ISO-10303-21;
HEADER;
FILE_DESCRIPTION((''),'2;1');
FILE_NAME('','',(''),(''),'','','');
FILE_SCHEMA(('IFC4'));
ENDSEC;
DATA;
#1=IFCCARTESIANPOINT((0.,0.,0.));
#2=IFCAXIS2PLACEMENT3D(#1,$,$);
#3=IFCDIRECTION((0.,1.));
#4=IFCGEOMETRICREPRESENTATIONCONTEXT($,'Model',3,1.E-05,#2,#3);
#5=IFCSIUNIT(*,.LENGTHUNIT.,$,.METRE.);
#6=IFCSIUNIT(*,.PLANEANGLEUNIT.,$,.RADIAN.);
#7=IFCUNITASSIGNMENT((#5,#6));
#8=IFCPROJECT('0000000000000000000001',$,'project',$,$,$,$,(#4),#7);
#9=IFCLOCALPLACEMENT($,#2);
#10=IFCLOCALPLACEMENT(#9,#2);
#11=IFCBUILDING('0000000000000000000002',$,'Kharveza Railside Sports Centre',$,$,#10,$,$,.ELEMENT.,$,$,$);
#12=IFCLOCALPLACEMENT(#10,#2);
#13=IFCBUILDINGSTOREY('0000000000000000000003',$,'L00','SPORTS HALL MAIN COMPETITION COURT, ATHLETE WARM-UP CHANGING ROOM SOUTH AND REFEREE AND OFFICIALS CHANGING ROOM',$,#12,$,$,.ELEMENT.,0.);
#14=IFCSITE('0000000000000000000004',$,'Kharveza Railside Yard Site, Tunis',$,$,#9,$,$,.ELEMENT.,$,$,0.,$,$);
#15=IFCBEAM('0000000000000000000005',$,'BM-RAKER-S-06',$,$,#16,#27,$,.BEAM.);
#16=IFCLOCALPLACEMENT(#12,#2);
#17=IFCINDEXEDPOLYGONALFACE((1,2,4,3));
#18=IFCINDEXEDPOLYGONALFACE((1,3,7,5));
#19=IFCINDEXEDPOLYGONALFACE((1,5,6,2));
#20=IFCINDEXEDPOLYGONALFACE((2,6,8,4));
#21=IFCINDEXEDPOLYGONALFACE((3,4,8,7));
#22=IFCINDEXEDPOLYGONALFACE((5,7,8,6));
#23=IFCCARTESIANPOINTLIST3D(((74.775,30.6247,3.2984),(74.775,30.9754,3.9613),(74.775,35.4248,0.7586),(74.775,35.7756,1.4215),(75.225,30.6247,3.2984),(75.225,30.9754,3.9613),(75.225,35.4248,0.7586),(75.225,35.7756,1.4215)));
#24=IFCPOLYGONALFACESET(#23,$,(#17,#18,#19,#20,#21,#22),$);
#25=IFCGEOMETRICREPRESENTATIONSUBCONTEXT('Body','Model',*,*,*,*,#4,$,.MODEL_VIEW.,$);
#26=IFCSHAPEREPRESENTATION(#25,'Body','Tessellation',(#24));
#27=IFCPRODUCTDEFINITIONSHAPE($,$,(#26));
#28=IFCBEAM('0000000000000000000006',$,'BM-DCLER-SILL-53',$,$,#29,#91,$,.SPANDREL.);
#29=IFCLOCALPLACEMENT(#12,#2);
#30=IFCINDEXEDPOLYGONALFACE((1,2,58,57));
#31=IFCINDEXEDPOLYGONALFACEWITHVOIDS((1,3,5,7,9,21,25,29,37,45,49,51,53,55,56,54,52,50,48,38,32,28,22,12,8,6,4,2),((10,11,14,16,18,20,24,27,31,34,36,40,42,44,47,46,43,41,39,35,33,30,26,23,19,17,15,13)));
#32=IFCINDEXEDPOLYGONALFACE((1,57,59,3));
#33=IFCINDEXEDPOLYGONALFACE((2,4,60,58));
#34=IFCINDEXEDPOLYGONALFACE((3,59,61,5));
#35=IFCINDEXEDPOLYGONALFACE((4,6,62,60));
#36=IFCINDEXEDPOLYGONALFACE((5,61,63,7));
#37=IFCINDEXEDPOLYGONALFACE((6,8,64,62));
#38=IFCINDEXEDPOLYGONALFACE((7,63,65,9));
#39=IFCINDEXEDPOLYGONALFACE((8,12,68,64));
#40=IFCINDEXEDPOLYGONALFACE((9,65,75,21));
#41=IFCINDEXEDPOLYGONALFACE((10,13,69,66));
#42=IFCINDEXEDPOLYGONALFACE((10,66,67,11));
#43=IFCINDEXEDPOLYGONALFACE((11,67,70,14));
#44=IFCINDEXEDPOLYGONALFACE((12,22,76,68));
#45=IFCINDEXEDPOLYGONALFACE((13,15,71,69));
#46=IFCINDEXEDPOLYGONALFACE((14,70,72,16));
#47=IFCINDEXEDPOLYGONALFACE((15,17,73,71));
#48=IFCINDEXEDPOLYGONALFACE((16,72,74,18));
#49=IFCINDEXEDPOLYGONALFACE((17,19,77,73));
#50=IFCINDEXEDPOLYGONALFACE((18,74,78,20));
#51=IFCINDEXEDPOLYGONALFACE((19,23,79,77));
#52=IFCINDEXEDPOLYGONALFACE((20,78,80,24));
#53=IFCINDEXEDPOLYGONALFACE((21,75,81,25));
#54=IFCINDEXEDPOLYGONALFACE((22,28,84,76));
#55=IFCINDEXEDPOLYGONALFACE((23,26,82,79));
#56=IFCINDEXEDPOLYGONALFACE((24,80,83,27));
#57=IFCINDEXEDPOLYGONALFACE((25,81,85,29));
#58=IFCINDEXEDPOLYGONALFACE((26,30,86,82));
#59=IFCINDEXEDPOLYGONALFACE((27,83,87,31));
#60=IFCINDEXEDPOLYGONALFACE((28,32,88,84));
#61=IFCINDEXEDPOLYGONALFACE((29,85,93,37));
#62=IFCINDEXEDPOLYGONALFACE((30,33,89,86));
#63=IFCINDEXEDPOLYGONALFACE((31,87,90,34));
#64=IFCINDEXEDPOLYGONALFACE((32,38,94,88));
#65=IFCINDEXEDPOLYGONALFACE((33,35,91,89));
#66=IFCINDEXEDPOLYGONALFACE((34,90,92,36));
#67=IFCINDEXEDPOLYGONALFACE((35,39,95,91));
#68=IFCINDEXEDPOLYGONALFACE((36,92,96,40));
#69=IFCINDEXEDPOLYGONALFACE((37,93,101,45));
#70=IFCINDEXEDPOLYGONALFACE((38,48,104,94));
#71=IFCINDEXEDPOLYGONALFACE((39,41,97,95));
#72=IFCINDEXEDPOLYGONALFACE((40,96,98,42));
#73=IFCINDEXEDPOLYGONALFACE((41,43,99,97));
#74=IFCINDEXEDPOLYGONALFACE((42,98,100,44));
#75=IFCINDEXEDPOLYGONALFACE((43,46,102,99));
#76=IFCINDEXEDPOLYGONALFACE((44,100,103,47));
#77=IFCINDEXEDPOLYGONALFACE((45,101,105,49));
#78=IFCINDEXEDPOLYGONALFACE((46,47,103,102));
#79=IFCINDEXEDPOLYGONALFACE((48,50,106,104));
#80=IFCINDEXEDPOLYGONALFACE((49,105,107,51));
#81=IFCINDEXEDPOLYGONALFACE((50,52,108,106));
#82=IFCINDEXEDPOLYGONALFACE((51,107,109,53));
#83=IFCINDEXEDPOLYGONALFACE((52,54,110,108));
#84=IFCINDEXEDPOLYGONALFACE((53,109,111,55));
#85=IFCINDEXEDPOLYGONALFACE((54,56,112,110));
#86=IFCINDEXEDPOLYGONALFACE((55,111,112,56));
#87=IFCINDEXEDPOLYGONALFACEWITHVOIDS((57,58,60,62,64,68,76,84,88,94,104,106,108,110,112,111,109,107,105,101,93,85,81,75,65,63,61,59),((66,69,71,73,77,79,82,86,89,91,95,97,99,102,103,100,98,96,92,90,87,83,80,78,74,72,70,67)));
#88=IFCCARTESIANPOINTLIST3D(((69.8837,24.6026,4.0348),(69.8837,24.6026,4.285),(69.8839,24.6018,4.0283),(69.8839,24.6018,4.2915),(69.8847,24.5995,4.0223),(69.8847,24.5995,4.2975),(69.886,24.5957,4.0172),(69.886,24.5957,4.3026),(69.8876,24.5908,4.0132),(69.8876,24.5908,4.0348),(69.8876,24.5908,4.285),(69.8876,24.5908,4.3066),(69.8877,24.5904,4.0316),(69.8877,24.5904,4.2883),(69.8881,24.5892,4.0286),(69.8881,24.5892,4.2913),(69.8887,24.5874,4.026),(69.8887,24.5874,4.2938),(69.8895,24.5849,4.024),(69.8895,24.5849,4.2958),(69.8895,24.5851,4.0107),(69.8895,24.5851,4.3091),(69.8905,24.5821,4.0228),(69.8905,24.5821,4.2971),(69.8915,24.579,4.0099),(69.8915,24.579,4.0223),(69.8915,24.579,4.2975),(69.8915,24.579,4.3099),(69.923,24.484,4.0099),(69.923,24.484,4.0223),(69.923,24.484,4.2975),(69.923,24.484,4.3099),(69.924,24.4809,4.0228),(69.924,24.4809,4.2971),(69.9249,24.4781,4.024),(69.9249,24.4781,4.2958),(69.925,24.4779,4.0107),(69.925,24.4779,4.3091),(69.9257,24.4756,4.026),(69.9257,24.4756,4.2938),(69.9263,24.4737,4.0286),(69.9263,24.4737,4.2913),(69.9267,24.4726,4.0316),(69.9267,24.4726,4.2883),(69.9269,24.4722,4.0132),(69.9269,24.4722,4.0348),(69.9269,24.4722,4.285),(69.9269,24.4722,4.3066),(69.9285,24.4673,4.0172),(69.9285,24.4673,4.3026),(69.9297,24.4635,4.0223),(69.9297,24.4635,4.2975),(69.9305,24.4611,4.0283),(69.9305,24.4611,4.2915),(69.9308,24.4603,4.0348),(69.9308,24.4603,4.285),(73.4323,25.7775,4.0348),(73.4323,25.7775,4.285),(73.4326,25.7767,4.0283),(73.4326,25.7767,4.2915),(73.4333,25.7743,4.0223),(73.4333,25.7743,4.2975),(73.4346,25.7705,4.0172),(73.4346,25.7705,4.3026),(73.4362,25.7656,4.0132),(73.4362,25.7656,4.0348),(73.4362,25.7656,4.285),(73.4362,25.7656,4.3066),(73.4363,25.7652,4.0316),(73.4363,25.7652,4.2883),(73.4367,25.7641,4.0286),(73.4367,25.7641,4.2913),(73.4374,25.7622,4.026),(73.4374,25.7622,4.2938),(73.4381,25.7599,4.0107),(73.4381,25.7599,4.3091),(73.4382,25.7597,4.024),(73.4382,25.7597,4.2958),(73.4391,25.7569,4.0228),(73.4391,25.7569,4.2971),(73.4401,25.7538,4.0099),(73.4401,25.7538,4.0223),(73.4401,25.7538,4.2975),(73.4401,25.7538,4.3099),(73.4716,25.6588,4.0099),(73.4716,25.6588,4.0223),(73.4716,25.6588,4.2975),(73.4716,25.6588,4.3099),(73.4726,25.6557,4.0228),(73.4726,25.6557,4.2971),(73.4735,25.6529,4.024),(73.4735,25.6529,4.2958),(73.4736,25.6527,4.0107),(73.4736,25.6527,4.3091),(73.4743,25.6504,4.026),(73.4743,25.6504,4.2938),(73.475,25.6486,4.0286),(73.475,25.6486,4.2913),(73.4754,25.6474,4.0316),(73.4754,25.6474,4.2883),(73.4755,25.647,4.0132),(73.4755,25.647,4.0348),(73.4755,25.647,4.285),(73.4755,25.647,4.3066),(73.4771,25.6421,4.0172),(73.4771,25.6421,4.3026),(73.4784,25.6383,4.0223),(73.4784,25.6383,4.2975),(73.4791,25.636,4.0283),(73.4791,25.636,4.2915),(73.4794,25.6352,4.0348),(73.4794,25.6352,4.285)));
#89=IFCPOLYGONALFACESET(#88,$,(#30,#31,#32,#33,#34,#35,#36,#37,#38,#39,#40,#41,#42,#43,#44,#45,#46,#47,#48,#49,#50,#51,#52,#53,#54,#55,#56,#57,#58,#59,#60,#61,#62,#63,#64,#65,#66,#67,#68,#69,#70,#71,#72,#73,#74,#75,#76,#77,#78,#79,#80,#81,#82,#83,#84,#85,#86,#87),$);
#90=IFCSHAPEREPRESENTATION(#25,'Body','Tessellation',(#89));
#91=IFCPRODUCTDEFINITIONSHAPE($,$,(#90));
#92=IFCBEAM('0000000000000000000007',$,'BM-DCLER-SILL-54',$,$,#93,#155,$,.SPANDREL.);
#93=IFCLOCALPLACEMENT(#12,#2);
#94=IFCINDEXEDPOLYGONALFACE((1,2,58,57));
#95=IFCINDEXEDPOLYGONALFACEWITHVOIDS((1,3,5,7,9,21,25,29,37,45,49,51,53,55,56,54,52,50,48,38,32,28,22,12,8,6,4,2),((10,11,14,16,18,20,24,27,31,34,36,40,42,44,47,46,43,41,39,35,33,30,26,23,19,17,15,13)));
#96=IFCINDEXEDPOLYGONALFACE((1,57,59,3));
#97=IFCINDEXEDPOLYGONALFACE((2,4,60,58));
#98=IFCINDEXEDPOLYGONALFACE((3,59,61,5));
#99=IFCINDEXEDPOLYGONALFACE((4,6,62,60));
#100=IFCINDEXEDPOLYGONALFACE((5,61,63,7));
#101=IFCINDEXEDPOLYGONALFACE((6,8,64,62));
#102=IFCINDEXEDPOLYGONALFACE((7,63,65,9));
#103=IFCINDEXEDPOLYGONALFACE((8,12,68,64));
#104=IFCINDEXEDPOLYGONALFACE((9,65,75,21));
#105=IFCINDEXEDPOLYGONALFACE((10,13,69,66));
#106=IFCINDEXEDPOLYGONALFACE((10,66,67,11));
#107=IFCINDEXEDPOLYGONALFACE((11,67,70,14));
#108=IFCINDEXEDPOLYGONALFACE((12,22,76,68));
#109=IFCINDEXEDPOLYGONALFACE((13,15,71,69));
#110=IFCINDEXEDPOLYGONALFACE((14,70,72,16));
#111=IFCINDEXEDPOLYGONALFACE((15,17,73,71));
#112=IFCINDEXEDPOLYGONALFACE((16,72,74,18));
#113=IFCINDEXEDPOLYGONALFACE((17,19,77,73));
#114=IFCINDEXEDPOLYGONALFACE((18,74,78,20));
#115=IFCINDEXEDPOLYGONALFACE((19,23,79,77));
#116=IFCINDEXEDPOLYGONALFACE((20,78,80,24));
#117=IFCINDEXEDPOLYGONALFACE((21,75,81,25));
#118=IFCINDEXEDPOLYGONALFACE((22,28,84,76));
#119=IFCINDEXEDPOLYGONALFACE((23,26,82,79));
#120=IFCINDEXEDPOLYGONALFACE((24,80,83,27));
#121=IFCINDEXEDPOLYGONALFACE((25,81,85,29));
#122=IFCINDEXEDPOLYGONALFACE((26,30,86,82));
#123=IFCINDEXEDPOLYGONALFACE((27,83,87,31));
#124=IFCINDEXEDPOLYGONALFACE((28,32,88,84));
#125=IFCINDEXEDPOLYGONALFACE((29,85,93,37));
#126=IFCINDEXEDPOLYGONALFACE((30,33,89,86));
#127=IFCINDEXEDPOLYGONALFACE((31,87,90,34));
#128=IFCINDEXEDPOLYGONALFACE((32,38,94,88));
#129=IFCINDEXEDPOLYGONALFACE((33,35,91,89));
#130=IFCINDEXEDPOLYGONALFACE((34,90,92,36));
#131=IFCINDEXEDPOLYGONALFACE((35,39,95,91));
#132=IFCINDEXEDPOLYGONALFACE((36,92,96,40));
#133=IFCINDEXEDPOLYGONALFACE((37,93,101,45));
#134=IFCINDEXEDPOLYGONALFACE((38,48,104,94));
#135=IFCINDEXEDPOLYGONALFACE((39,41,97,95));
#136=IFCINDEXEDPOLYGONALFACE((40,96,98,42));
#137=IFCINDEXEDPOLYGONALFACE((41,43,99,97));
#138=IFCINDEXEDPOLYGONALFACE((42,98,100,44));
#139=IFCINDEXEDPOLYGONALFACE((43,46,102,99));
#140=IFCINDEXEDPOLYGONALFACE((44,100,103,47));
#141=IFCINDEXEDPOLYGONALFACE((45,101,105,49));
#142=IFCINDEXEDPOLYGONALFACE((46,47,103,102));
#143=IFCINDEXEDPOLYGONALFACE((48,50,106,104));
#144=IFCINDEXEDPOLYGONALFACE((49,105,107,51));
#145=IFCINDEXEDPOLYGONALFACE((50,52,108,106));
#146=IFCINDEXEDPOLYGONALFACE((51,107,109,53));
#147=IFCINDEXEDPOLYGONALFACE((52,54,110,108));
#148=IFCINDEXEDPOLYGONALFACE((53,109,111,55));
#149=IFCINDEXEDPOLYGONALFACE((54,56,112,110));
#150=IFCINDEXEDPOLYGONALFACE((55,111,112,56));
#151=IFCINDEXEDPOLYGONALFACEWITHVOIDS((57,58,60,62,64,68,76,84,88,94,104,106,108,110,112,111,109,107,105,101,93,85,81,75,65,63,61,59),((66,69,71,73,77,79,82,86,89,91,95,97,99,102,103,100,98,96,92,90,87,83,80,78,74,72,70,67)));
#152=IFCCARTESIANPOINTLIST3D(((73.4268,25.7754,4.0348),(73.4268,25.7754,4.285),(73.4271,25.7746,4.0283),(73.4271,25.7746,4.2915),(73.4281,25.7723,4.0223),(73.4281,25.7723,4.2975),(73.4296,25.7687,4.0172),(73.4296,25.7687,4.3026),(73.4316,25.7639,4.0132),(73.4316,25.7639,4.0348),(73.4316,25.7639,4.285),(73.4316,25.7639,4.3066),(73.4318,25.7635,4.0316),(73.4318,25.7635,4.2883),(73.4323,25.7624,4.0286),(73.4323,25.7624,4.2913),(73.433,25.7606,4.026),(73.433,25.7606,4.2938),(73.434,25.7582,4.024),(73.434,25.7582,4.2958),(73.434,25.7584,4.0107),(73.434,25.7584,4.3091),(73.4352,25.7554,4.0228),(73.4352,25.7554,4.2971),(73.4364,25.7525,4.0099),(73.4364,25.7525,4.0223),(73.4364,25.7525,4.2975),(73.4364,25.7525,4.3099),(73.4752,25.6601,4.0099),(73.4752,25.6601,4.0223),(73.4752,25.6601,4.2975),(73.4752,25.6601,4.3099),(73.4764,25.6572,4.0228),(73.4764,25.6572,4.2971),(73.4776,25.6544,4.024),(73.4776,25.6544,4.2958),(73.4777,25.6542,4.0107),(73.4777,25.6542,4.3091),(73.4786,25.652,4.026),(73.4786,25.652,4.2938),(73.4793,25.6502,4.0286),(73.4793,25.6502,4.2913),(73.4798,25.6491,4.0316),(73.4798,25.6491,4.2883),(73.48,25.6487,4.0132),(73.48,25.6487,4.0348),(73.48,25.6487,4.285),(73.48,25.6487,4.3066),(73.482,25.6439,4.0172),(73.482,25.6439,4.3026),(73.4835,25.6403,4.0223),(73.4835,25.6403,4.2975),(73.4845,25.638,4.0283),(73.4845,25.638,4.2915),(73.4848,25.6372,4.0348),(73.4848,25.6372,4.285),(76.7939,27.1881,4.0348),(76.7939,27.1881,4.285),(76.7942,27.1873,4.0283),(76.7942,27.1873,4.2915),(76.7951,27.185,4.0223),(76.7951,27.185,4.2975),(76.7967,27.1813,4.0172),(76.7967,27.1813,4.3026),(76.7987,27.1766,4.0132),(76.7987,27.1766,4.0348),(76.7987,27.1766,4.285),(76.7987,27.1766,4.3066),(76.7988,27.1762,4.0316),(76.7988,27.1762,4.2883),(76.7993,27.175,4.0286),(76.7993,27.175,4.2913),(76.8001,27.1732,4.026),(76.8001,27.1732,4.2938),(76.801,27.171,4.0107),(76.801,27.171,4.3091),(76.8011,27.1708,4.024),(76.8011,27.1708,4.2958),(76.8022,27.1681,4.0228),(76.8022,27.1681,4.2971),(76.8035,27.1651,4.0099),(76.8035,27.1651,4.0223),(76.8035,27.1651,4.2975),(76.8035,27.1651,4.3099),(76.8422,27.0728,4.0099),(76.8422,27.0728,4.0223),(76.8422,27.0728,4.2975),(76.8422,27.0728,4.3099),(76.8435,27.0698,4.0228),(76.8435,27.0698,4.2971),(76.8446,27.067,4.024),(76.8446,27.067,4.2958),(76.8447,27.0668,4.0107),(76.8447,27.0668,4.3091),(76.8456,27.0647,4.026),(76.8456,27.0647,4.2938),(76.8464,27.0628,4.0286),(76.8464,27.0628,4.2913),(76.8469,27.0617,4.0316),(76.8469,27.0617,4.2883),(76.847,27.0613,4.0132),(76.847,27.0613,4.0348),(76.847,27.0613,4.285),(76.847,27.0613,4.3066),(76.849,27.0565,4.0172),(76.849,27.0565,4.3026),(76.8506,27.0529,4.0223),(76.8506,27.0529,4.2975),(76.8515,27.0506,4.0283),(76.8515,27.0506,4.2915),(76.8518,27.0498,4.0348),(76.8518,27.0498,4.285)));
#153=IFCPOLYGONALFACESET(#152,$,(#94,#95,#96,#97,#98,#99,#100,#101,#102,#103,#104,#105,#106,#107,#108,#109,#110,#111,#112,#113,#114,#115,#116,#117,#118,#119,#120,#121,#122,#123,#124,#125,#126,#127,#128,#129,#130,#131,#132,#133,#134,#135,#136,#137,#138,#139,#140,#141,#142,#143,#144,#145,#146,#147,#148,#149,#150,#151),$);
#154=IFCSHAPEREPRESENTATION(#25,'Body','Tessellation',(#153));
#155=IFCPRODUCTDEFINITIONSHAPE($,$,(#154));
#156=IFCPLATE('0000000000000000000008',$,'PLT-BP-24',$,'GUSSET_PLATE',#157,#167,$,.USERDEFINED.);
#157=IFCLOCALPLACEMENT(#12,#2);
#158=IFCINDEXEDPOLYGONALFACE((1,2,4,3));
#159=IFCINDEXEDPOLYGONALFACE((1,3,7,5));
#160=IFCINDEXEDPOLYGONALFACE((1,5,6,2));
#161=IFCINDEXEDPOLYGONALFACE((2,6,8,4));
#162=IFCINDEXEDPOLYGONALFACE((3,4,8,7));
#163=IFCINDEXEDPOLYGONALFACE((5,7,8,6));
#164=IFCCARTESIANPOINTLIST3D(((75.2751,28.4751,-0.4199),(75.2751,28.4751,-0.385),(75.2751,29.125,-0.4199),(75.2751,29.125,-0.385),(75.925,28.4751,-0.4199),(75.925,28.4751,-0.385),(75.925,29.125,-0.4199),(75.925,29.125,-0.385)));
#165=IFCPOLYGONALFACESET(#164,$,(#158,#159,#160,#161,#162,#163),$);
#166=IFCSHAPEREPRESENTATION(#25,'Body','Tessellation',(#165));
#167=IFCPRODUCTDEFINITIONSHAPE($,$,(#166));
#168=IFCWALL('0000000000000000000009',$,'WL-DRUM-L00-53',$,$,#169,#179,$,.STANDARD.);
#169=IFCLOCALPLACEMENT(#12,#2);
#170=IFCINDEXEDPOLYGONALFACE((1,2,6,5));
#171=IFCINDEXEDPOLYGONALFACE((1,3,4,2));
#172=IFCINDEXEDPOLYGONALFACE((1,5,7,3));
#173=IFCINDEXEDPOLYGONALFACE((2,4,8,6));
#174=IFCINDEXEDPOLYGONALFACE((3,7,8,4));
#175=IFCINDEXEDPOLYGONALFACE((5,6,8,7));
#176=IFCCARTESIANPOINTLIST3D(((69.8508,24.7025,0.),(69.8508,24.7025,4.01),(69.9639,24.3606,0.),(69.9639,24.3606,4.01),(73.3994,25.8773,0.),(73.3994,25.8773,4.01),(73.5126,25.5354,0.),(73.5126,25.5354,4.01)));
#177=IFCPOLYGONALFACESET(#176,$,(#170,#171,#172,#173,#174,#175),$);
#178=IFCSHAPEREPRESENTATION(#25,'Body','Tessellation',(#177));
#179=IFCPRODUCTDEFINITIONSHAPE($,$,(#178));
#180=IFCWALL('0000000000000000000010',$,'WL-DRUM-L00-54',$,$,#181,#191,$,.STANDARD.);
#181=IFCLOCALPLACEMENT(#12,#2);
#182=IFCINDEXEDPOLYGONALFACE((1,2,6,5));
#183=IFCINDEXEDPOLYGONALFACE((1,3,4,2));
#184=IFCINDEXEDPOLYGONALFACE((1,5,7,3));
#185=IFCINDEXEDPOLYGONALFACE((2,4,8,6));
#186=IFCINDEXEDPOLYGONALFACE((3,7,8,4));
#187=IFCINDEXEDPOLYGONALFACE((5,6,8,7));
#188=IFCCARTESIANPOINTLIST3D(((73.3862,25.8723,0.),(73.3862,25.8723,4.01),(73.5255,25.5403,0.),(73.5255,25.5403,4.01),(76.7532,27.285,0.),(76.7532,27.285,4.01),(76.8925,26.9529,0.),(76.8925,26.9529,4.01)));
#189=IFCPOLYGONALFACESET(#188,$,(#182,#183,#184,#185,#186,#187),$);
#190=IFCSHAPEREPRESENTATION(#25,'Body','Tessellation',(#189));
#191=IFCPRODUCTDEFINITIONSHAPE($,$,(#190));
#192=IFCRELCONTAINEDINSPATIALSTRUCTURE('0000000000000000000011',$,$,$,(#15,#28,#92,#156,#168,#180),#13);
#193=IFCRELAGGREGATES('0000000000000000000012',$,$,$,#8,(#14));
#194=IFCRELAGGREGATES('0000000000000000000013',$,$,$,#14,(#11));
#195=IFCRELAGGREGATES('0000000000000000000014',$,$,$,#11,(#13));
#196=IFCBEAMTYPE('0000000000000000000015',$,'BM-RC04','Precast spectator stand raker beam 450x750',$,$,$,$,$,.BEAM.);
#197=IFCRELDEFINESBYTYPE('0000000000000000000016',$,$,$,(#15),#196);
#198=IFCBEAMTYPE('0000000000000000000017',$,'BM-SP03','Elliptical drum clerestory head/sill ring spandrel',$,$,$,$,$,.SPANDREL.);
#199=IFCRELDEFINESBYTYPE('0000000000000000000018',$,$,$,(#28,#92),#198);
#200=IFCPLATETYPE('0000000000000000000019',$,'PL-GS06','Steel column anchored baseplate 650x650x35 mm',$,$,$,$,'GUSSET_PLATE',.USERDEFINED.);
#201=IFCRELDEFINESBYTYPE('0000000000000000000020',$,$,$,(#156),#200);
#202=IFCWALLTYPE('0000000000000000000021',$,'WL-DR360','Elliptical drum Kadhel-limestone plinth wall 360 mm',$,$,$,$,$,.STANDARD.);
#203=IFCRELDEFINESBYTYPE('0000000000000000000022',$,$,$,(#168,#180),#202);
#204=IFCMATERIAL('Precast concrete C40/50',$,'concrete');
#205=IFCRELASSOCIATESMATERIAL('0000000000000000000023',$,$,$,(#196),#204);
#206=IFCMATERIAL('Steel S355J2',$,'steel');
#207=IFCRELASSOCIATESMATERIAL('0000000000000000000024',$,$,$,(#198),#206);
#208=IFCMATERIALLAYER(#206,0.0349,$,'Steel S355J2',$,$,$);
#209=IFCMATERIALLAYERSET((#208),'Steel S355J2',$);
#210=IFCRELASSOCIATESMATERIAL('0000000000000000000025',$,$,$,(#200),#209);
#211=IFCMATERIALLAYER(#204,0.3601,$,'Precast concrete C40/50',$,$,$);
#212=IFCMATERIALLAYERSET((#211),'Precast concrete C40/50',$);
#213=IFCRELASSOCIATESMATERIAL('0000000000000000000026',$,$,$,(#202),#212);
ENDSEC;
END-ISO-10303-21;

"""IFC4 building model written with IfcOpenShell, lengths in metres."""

from ifc_helpers import new_model, si_unit, direction, frame, frame_2d, origin, origin_2d, place, context, subcontext, project, spatial, rectangle, hollow_rectangle, extrude, material, layer, layer_set, material_profile, profile_set, type_object, element, save


model = new_model("IFC4")

# Units and contexts
model_context = context("Model", 3, precision=1e-05, world=origin(), true_north=direction((0.0, 1.0)))
body_context = subcontext(model_context, "Body", "Model", "MODEL_VIEW")
ifc_project = project(units=[si_unit("LENGTHUNIT", "METRE"), si_unit("PLANEANGLEUNIT", "RADIAN")], contexts=[model_context])

# Site, building, storey
site_placement = place(None, origin())
site = spatial("IfcSite", under=ifc_project, at=site_placement, Name="Kharveza Railside Yard Site, Tunis", CompositionType="ELEMENT", RefElevation=0.0)
building_placement = place(site_placement, origin())
building = spatial("IfcBuilding", under=site, at=building_placement, Name="Kharveza Railside Sports Centre", CompositionType="ELEMENT")
storey_placement = place(building_placement, origin())
storey = spatial("IfcBuildingStorey", under=building, at=storey_placement, Name="L00", Description="SPORTS HALL MAIN COMPETITION COURT, ATHLETE WARM-UP CHANGING ROOM SOUTH AND REFEREE AND OFFICIALS CHANGING ROOM", CompositionType="ELEMENT", Elevation=0.0)

# Shared definitions
ifc_material_1 = material(Name="Steel S355J2", Category="steel")

# Beams
ifc_material_2 = material(Name="Precast concrete C40/50", Category="concrete")
ifc_material_profile_1 = material_profile(ifc_material_2, rectangle(XDim=0.45, YDim=0.75, at=origin_2d()), Name="RCB 450x750")
ifc_profile_set_1 = profile_set([ifc_material_profile_1], Name="Precast concrete C40/50")
beam_type_1 = type_object("IfcBeamType", Name="BM-RC04", Description="Precast spectator stand raker beam 450x750", PredefinedType="BEAM", material=ifc_profile_set_1)
beam_1_placement = place(storey_placement, frame((75.0, 30.8, 3.6299), z_axis=(0.0, 0.883895, -0.467685), x_axis=(-1.0, 0.0, 0.0)))
element("IfcBeam", 1, at=beam_1_placement, inside=storey, type_object=beam_type_1, Name="BM-RAKER-S-06", PredefinedType="BEAM", context=body_context, shape_type="SweptSolid", body=[
    extrude(rectangle(XDim=0.45, YDim=0.75, at=origin_2d()), origin(), (0.0, 0.0, 1.0), 5.4307),
])
ifc_material_profile_2 = material_profile(ifc_material_1, hollow_rectangle(XDim=0.1499, YDim=0.3, WallThickness=0.0125, InnerFilletRadius=0.0125, OuterFilletRadius=0.0249, at=origin_2d()), Name="RHS 150x300x12.5")
ifc_profile_set_2 = profile_set([ifc_material_profile_2], Name="Steel S355J2")
beam_type_2 = type_object("IfcBeamType", Name="BM-SP03", Description="Elliptical drum clerestory head/sill ring spandrel", PredefinedType="SPANDREL", material=ifc_profile_set_2)
beam_2_placement = place(storey_placement, frame((69.9072, 24.5315, 4.1599), z_axis=(0.949328, 0.314287, 0.0), x_axis=(-0.314287, 0.949328, 0.0)))
element("IfcBeam", 2, at=beam_2_placement, inside=storey, type_object=beam_type_2, Name="BM-DCLER-SILL-53", PredefinedType="SPANDREL", context=body_context, shape_type="SweptSolid", body=[
    extrude(hollow_rectangle(XDim=0.1499, YDim=0.3, WallThickness=0.0125, InnerFilletRadius=0.0125, OuterFilletRadius=0.0249, at=origin_2d()), origin(), (0.0, 0.0, 1.0), 3.738),
])
beam_3_placement = place(storey_placement, frame((73.4558, 25.7063, 4.1599), z_axis=(0.922131, 0.386879, 0.0), x_axis=(-0.386879, 0.922131, 0.0)))
element("IfcBeam", 3, at=beam_3_placement, inside=storey, type_object=beam_type_2, Name="BM-DCLER-SILL-54", PredefinedType="SPANDREL", context=body_context, shape_type="SweptSolid", body=[
    extrude(hollow_rectangle(XDim=0.1499, YDim=0.3, WallThickness=0.0125, InnerFilletRadius=0.0125, OuterFilletRadius=0.0249, at=origin_2d()), origin(), (0.0, 0.0, 1.0), 3.6514),
])

# Plate
ifc_layer_1 = layer(ifc_material_1, 0.0349, Name="Steel S355J2")
ifc_layer_set_1 = layer_set([ifc_layer_1], Name="Steel S355J2")
plate_type = type_object("IfcPlateType", Name="PL-GS06", Description="Steel column anchored baseplate 650x650x35 mm", ElementType="GUSSET_PLATE", PredefinedType="USERDEFINED", material=ifc_layer_set_1)
plate_placement = place(storey_placement, frame((75.6001, 28.8, -0.4199), z_axis=(0.0, 0.0, 1.0), x_axis=(1.0, 0.0, 0.0)))
element("IfcPlate", 4, at=plate_placement, inside=storey, type_object=plate_type, Name="PLT-BP-24", ObjectType="GUSSET_PLATE", PredefinedType="USERDEFINED", context=body_context, shape_type="SweptSolid", body=[
    extrude(rectangle(XDim=0.6499, YDim=0.6499, at=origin_2d()), origin(), (0.0, 0.0, 1.0), 0.0349),
])

# Walls
ifc_layer_2 = layer(ifc_material_2, 0.3601, Name="Precast concrete C40/50")
ifc_layer_set_2 = layer_set([ifc_layer_2], Name="Precast concrete C40/50")
wall_type_1 = type_object("IfcWallType", Name="WL-DR360", Description="Elliptical drum Kadhel-limestone plinth wall 360 mm", PredefinedType="STANDARD", material=ifc_layer_set_2)
wall_1_placement = place(storey_placement, frame((69.9072, 24.5315, 0.0), z_axis=(0.0, 0.0, 1.0), x_axis=(0.949328, 0.314287, 0.0)))
element("IfcWall", 5, at=wall_1_placement, inside=storey, type_object=wall_type_1, Name="WL-DRUM-L00-53", PredefinedType="STANDARD", context=body_context, shape_type="SweptSolid", body=[
    extrude(rectangle(XDim=3.738, YDim=0.3601, at=frame_2d((1.8691, 0.0))), origin(), (0.0, 0.0, 1.0), 4.01),
])
wall_2_placement = place(storey_placement, frame((73.4558, 25.7063, 0.0), z_axis=(0.0, 0.0, 1.0), x_axis=(0.922131, 0.386879, 0.0)))
element("IfcWall", 6, at=wall_2_placement, inside=storey, type_object=wall_type_1, Name="WL-DRUM-L00-54", PredefinedType="STANDARD", context=body_context, shape_type="SweptSolid", body=[
    extrude(rectangle(XDim=3.6514, YDim=0.3601, at=frame_2d((1.8257, 0.0))), origin(), (0.0, 0.0, 1.0), 4.01),
])

save(model, "model.ifc")
